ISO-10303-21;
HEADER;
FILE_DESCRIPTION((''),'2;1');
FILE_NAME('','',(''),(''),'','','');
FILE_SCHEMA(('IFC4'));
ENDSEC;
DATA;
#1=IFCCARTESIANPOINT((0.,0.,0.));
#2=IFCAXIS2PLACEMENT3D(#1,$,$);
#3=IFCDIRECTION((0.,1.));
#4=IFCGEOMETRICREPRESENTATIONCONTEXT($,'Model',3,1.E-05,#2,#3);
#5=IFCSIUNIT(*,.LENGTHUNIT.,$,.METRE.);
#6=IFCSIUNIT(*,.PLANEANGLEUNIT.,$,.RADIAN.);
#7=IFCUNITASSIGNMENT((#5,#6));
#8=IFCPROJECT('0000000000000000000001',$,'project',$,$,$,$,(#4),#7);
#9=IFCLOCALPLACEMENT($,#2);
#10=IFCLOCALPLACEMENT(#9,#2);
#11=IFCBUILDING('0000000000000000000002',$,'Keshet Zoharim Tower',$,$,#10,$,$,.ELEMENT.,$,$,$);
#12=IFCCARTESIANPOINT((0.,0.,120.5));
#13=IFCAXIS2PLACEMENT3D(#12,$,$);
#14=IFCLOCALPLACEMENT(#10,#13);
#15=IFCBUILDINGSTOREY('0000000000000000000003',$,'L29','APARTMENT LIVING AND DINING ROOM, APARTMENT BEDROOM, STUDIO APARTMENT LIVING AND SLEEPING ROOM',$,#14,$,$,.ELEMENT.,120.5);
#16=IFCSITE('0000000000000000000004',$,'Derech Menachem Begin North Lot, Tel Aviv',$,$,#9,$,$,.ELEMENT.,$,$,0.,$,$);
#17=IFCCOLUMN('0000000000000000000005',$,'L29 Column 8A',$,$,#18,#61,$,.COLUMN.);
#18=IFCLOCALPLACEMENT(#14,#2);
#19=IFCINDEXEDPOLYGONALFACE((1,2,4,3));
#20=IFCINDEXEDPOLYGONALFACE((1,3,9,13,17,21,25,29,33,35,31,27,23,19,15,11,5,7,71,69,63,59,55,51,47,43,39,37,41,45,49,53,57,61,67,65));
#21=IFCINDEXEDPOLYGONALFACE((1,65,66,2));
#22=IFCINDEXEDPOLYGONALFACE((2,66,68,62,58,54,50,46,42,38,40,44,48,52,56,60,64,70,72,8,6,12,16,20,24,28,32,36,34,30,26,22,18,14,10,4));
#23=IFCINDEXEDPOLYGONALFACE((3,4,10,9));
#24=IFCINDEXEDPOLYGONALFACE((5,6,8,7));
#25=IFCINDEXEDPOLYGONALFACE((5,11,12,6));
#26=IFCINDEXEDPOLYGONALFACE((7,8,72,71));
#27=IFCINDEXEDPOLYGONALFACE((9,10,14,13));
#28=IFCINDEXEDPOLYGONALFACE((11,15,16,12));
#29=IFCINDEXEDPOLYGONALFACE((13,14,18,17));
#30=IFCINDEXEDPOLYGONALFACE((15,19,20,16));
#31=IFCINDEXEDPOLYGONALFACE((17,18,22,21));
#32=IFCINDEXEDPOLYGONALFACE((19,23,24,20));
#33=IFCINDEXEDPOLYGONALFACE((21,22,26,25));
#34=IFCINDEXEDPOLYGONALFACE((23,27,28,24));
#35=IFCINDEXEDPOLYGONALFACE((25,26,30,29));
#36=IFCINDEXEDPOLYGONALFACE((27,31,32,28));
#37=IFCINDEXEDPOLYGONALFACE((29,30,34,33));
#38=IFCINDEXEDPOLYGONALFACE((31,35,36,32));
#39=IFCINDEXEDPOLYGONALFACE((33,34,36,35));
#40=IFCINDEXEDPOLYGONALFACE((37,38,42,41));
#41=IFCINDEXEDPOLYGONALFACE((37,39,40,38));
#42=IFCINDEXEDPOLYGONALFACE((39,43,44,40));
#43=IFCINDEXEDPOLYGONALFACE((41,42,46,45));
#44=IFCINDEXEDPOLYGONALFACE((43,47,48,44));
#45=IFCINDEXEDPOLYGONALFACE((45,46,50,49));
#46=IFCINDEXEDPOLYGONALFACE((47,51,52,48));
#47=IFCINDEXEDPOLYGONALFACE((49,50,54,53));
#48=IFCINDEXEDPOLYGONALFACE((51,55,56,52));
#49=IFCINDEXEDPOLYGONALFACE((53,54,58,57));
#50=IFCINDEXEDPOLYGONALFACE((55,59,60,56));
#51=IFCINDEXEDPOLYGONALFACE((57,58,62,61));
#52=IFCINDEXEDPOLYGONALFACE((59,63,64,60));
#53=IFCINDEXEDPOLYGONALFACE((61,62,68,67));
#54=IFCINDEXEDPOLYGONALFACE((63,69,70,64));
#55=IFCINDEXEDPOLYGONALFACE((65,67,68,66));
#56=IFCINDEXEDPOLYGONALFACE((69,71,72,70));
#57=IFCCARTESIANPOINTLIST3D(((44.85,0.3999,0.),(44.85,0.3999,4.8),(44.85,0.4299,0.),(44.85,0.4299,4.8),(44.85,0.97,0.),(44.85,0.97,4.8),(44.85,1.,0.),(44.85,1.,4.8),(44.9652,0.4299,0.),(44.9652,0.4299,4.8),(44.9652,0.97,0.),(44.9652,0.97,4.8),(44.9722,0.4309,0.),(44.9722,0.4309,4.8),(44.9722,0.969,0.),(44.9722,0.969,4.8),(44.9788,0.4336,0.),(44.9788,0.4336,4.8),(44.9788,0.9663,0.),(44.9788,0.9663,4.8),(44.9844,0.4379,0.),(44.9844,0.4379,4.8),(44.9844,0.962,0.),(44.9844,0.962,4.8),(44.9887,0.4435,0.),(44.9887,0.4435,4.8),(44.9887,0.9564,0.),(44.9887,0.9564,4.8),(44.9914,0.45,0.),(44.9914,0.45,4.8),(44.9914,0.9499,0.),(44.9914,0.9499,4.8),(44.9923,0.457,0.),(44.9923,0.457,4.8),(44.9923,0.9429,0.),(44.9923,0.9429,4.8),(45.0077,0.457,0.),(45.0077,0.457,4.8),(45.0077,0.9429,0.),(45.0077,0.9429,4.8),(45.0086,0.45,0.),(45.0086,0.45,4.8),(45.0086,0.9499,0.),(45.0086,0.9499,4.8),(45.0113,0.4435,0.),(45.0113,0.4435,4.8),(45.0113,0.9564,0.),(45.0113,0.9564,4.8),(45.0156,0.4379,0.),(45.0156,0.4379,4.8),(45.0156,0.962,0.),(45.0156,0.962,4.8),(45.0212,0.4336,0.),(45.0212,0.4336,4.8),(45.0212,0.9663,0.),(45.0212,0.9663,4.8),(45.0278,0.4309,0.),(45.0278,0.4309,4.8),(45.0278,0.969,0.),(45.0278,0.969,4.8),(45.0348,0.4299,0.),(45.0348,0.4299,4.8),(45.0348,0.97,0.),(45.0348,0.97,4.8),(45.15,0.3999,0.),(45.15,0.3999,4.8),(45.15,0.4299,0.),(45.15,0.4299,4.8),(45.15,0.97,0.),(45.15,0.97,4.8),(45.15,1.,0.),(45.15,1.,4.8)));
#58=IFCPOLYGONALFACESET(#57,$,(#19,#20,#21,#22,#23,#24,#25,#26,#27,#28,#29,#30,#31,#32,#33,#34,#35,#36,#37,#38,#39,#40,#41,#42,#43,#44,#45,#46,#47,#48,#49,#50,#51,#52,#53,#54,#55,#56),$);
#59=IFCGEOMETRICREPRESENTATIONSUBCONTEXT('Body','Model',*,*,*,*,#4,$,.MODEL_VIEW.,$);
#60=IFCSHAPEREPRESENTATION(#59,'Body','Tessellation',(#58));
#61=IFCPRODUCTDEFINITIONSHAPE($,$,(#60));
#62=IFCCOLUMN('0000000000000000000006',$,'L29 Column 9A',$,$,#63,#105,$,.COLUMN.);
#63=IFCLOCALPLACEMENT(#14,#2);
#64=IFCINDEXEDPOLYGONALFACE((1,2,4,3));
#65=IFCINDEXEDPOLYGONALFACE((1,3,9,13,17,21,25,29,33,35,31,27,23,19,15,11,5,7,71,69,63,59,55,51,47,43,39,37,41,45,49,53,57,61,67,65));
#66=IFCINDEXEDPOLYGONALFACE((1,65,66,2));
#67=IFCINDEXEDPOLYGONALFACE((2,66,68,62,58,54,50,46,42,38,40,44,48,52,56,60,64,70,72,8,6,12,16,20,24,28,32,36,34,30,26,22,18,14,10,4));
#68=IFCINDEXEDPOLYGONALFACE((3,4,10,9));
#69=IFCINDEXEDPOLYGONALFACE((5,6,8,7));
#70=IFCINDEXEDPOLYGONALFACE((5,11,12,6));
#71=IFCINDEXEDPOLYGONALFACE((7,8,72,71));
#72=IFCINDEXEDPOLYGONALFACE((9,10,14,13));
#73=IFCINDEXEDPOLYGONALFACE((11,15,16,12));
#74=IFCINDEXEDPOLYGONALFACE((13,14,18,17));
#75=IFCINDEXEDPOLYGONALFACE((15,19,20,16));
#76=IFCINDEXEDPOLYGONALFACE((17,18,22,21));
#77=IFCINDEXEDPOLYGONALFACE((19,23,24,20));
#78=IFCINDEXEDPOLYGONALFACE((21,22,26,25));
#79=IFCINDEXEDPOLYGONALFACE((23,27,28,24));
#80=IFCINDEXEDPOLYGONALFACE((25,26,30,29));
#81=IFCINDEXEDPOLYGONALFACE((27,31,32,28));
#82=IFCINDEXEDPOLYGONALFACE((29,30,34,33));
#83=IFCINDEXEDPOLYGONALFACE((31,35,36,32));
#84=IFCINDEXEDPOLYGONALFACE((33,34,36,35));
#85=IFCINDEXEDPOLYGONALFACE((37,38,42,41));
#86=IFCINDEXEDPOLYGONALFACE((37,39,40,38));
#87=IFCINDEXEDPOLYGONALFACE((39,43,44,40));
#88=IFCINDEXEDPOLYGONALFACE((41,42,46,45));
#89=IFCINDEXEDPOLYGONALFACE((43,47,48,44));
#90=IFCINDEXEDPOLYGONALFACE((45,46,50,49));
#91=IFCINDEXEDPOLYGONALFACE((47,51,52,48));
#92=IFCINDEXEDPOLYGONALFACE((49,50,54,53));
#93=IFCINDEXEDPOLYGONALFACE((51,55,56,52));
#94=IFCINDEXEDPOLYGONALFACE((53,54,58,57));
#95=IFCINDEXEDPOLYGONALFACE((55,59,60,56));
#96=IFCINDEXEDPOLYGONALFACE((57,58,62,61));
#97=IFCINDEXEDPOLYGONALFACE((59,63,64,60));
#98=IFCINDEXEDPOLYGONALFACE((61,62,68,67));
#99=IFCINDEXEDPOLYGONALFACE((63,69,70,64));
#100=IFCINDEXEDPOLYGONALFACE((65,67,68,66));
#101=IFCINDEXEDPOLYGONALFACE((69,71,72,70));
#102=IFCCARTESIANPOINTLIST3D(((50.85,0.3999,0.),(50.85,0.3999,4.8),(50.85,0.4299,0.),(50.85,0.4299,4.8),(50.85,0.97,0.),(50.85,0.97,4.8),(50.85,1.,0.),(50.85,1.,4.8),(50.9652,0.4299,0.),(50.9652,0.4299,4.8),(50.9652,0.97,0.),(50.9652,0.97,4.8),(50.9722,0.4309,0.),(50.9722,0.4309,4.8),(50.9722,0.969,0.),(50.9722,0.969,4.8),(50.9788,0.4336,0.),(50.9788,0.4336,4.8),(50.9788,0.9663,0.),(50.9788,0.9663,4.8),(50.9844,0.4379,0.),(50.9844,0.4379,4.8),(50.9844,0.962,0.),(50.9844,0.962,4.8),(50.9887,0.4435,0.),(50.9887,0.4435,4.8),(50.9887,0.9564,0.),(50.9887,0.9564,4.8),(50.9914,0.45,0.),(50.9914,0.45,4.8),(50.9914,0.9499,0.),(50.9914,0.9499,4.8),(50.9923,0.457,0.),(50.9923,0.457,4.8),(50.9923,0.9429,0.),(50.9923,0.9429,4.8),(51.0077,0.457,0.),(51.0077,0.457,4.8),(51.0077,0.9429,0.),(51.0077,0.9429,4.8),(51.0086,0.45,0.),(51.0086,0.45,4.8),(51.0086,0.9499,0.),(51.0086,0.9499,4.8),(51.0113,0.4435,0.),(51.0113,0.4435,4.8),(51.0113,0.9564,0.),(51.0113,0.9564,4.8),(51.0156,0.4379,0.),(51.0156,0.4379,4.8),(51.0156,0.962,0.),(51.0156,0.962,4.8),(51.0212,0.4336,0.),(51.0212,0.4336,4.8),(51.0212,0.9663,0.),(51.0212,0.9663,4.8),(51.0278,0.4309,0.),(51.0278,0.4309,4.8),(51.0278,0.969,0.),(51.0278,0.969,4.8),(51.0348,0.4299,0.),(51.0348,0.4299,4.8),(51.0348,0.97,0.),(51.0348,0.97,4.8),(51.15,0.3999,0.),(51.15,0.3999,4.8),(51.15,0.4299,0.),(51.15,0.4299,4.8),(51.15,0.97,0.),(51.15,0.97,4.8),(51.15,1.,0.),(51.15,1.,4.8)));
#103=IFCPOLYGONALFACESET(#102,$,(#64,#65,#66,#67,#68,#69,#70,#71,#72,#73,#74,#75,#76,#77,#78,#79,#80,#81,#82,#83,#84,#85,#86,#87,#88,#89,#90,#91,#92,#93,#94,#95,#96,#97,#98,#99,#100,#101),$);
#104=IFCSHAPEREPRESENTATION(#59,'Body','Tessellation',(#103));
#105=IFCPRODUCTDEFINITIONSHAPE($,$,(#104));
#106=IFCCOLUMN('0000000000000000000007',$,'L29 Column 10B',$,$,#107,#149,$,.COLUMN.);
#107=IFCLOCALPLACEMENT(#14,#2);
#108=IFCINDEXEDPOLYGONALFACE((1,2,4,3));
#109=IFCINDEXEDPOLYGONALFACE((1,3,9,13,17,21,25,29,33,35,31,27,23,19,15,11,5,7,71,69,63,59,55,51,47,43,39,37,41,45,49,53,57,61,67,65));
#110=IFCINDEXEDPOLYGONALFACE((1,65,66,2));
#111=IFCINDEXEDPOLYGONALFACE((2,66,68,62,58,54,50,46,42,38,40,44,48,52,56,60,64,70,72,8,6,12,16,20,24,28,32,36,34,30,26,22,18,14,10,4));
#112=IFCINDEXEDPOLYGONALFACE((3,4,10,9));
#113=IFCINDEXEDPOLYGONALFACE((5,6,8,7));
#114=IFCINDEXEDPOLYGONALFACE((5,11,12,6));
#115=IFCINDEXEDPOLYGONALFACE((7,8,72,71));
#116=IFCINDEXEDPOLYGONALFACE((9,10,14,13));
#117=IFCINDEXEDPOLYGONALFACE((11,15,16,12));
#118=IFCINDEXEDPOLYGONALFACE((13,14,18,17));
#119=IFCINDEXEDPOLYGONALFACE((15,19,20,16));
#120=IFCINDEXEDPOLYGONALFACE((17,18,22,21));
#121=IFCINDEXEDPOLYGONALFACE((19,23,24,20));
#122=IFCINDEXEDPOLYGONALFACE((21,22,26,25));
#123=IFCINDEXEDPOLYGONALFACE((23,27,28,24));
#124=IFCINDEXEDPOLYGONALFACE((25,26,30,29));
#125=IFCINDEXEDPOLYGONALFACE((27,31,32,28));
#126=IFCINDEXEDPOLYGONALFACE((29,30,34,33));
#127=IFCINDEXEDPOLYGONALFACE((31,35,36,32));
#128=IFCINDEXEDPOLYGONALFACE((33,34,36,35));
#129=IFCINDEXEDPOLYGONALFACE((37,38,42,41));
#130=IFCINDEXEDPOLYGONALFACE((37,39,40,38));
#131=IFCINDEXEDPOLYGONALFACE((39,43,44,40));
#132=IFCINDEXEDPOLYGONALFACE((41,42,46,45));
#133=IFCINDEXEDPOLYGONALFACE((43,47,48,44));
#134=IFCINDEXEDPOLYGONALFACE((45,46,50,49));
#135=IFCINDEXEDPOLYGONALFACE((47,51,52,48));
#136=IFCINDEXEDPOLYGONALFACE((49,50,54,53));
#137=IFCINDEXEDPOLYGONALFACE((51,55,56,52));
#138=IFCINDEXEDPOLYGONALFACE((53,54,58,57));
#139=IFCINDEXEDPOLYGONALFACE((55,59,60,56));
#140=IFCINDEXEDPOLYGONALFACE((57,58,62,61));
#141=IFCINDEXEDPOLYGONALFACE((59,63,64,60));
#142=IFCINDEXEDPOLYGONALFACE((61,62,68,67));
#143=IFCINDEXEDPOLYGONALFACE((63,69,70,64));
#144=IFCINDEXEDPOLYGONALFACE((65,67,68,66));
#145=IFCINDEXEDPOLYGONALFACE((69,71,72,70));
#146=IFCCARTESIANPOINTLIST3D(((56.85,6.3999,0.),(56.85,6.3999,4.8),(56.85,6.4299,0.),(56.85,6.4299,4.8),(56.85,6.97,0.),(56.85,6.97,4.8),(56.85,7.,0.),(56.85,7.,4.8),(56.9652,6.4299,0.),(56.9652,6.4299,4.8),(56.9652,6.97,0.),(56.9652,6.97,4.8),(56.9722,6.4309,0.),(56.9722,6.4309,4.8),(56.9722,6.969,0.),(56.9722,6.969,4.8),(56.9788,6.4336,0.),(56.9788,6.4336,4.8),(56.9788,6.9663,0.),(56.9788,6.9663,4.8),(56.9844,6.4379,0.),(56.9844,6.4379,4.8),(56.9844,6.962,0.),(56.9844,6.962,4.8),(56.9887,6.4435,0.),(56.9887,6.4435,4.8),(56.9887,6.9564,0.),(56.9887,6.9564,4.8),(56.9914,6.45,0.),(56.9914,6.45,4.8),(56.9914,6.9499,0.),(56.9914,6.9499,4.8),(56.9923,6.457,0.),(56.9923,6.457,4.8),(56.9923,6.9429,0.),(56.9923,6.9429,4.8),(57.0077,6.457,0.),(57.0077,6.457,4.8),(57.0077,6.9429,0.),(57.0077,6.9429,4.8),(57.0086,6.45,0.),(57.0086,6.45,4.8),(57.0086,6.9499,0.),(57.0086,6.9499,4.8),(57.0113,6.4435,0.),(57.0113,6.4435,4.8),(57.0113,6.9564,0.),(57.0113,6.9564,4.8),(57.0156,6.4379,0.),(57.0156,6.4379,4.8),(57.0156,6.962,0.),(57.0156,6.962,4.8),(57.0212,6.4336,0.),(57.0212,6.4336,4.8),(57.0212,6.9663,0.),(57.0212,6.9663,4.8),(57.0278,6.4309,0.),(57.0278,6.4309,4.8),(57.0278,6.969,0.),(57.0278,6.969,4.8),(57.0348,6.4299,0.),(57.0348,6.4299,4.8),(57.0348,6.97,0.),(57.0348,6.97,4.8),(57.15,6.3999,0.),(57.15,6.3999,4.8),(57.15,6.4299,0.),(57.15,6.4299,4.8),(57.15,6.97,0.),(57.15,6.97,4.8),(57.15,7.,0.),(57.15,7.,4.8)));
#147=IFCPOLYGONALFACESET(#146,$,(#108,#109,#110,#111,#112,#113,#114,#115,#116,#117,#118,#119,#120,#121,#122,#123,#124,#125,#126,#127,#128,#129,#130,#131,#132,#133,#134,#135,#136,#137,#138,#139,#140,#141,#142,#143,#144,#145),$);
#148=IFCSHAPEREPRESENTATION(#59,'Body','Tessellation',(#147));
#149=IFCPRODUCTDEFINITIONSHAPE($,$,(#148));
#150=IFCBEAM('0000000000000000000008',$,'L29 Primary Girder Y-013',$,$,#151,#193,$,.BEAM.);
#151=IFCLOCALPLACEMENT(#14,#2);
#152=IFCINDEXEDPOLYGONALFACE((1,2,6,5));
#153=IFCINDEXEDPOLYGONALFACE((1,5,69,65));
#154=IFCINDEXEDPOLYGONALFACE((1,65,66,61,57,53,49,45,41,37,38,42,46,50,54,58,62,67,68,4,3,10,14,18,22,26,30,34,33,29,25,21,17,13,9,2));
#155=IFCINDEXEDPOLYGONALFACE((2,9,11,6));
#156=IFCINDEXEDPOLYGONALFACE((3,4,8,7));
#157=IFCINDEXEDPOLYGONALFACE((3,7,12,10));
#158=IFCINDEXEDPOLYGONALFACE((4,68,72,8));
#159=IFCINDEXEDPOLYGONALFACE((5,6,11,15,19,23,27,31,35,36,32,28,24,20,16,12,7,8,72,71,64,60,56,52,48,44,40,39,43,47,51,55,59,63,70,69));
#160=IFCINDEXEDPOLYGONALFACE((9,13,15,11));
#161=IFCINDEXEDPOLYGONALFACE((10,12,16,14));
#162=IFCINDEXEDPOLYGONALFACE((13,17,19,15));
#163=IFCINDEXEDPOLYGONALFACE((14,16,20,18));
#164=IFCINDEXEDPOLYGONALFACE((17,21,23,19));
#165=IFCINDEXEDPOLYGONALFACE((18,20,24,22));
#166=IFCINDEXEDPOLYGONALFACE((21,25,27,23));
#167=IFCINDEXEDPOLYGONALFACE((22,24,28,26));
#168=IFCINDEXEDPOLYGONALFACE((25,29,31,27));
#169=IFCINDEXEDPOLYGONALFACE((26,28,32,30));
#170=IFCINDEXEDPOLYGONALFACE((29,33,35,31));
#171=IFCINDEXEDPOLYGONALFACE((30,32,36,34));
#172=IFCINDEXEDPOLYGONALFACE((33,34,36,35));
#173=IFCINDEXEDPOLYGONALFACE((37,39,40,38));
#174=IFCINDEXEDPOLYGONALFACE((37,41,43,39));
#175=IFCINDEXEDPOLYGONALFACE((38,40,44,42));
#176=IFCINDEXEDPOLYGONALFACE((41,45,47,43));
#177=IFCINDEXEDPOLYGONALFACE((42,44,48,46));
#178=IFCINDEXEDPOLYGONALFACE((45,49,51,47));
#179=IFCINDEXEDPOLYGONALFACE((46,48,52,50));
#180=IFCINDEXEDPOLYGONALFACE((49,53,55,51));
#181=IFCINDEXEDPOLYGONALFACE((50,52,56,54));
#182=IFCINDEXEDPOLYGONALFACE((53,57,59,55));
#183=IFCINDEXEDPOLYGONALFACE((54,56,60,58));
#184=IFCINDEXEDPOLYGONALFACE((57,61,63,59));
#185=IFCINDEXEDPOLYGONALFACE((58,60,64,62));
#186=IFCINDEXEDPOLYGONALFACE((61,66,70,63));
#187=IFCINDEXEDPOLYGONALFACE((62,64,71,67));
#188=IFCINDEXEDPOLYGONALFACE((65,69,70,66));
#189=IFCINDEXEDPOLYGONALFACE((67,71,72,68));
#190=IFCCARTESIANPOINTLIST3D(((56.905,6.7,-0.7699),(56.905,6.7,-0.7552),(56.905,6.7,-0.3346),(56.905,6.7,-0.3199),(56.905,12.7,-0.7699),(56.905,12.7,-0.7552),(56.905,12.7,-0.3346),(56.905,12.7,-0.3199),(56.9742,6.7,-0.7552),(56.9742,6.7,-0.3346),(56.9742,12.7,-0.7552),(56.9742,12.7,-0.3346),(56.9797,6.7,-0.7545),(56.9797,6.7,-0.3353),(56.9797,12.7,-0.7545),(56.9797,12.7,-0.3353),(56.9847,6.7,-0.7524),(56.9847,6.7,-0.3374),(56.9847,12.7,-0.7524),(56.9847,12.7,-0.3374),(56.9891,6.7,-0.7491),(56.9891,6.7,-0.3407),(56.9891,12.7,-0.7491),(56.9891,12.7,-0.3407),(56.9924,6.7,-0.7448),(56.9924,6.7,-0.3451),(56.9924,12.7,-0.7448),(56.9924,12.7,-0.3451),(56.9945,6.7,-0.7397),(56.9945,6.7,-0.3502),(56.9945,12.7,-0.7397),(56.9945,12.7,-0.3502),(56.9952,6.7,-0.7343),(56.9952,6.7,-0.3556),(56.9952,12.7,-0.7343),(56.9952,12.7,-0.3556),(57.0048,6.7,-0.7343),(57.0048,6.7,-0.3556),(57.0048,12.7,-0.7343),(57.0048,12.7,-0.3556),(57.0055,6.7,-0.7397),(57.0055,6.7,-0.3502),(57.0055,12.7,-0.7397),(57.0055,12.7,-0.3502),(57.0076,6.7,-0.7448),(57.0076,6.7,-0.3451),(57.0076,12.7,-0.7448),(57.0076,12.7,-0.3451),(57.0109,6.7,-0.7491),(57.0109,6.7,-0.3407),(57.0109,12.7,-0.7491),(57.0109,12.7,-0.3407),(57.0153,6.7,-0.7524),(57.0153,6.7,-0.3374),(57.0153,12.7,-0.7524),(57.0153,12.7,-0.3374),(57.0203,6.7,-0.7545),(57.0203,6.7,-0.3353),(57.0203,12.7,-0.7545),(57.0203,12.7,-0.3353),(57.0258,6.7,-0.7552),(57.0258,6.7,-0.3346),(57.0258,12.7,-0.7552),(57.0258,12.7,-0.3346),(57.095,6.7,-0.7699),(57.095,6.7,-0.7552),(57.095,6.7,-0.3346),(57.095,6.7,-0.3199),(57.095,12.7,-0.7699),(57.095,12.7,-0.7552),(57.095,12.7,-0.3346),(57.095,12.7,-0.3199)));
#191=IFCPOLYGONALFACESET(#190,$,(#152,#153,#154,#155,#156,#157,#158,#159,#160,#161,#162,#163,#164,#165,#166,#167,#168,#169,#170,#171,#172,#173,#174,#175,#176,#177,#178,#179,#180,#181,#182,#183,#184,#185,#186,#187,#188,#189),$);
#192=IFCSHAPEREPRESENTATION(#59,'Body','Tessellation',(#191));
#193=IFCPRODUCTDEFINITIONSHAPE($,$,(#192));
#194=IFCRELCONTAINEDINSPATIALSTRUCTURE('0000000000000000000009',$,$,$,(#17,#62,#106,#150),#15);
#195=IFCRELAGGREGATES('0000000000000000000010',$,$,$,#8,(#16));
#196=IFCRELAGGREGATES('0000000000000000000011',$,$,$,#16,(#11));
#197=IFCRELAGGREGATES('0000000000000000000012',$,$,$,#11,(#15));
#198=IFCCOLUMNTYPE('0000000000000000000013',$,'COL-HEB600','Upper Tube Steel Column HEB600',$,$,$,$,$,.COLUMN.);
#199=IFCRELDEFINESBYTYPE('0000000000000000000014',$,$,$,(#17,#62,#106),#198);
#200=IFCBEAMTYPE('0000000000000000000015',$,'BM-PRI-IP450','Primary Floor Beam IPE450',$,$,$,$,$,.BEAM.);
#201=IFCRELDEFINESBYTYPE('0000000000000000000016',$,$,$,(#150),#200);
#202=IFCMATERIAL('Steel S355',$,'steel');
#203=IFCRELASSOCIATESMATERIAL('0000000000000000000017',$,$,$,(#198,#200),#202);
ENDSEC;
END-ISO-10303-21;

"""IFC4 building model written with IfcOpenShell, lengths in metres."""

from ifc_helpers import new_model, si_unit, direction, frame, origin, origin_2d, place, context, subcontext, project, spatial, i_section, extrude, material, material_profile, profile_set, type_object, element, save


model = new_model("IFC4")

# Units and contexts
model_context = context("Model", 3, precision=1e-05, world=origin(), true_north=direction((0.0, 1.0)))
body_context = subcontext(model_context, "Body", "Model", "MODEL_VIEW")
ifc_project = project(units=[si_unit("LENGTHUNIT", "METRE"), si_unit("PLANEANGLEUNIT", "RADIAN")], contexts=[model_context])

# Site, building, storey
site_placement = place(None, origin())
site = spatial("IfcSite", under=ifc_project, at=site_placement, Name="Derech Menachem Begin North Lot, Tel Aviv", CompositionType="ELEMENT", RefElevation=0.0)
building_placement = place(site_placement, origin())
building = spatial("IfcBuilding", under=site, at=building_placement, Name="Keshet Zoharim Tower", CompositionType="ELEMENT")
storey_placement = place(building_placement, frame((0.0, 0.0, 120.5)))
storey = spatial("IfcBuildingStorey", under=building, at=storey_placement, Name="L29", Description="APARTMENT LIVING AND DINING ROOM, APARTMENT BEDROOM, STUDIO APARTMENT LIVING AND SLEEPING ROOM", CompositionType="ELEMENT", Elevation=120.5)

# Columns
ifc_material_1 = material(Name="Steel S355", Category="steel")
ifc_material_profile_1 = material_profile(ifc_material_1, i_section(OverallWidth=0.3, OverallDepth=0.6001, WebThickness=0.0154, FlangeThickness=0.03, FilletRadius=0.0271, at=origin_2d()), Name="HEB600")
ifc_profile_set_1 = profile_set([ifc_material_profile_1], Name="Steel S355")
column_type = type_object("IfcColumnType", Name="COL-HEB600", Description="Upper Tube Steel Column HEB600", PredefinedType="COLUMN", material=ifc_profile_set_1)
for number, where, z_axis, x_axis, name in (
    (1, (45.0, 0.7, 0.0), (0.0, 0.0, 1.0), (1.0, 0.0, 0.0), "L29 Column 8A"),
    (2, (51.0, 0.7, 0.0), (0.0, 0.0, 1.0), (1.0, 0.0, 0.0), "L29 Column 9A"),
    (3, (57.0, 6.7, 0.0), (0.0, 0.0, 1.0), (1.0, 0.0, 0.0), "L29 Column 10B"),
):
    element("IfcColumn", number, at=place(storey_placement, frame(where, z_axis=z_axis, x_axis=x_axis)), inside=storey, type_object=column_type, Name=name, PredefinedType="COLUMN", context=body_context, shape_type="SweptSolid", body=[
        extrude(i_section(OverallWidth=0.3, OverallDepth=0.6001, WebThickness=0.0154, FlangeThickness=0.03, FilletRadius=0.0271, at=origin_2d()), origin(), (0.0, 0.0, 1.0), 4.8),
    ])

# Beam
ifc_material_profile_2 = material_profile(ifc_material_1, i_section(OverallWidth=0.1899, OverallDepth=0.45, WebThickness=0.0095, FlangeThickness=0.0146, FilletRadius=0.021, at=origin_2d()), Name="IPE450")
ifc_profile_set_2 = profile_set([ifc_material_profile_2], Name="Steel S355")
beam_type_1 = type_object("IfcBeamType", Name="BM-PRI-IP450", Description="Primary Floor Beam IPE450", PredefinedType="BEAM", material=ifc_profile_set_2)
beam_1_placement = place(storey_placement, frame((57.0, 6.7, -0.5449), z_axis=(0.0, 1.0, 0.0), x_axis=(-1.0, 0.0, 0.0)))
element("IfcBeam", 4, at=beam_1_placement, inside=storey, type_object=beam_type_1, Name="L29 Primary Girder Y-013", PredefinedType="BEAM", context=body_context, shape_type="SweptSolid", body=[
    extrude(i_section(OverallWidth=0.1899, OverallDepth=0.45, WebThickness=0.0095, FlangeThickness=0.0146, FilletRadius=0.021, at=origin_2d()), origin(), (0.0, 0.0, 1.0), 6.0),
])

save(model, "model.ifc")
